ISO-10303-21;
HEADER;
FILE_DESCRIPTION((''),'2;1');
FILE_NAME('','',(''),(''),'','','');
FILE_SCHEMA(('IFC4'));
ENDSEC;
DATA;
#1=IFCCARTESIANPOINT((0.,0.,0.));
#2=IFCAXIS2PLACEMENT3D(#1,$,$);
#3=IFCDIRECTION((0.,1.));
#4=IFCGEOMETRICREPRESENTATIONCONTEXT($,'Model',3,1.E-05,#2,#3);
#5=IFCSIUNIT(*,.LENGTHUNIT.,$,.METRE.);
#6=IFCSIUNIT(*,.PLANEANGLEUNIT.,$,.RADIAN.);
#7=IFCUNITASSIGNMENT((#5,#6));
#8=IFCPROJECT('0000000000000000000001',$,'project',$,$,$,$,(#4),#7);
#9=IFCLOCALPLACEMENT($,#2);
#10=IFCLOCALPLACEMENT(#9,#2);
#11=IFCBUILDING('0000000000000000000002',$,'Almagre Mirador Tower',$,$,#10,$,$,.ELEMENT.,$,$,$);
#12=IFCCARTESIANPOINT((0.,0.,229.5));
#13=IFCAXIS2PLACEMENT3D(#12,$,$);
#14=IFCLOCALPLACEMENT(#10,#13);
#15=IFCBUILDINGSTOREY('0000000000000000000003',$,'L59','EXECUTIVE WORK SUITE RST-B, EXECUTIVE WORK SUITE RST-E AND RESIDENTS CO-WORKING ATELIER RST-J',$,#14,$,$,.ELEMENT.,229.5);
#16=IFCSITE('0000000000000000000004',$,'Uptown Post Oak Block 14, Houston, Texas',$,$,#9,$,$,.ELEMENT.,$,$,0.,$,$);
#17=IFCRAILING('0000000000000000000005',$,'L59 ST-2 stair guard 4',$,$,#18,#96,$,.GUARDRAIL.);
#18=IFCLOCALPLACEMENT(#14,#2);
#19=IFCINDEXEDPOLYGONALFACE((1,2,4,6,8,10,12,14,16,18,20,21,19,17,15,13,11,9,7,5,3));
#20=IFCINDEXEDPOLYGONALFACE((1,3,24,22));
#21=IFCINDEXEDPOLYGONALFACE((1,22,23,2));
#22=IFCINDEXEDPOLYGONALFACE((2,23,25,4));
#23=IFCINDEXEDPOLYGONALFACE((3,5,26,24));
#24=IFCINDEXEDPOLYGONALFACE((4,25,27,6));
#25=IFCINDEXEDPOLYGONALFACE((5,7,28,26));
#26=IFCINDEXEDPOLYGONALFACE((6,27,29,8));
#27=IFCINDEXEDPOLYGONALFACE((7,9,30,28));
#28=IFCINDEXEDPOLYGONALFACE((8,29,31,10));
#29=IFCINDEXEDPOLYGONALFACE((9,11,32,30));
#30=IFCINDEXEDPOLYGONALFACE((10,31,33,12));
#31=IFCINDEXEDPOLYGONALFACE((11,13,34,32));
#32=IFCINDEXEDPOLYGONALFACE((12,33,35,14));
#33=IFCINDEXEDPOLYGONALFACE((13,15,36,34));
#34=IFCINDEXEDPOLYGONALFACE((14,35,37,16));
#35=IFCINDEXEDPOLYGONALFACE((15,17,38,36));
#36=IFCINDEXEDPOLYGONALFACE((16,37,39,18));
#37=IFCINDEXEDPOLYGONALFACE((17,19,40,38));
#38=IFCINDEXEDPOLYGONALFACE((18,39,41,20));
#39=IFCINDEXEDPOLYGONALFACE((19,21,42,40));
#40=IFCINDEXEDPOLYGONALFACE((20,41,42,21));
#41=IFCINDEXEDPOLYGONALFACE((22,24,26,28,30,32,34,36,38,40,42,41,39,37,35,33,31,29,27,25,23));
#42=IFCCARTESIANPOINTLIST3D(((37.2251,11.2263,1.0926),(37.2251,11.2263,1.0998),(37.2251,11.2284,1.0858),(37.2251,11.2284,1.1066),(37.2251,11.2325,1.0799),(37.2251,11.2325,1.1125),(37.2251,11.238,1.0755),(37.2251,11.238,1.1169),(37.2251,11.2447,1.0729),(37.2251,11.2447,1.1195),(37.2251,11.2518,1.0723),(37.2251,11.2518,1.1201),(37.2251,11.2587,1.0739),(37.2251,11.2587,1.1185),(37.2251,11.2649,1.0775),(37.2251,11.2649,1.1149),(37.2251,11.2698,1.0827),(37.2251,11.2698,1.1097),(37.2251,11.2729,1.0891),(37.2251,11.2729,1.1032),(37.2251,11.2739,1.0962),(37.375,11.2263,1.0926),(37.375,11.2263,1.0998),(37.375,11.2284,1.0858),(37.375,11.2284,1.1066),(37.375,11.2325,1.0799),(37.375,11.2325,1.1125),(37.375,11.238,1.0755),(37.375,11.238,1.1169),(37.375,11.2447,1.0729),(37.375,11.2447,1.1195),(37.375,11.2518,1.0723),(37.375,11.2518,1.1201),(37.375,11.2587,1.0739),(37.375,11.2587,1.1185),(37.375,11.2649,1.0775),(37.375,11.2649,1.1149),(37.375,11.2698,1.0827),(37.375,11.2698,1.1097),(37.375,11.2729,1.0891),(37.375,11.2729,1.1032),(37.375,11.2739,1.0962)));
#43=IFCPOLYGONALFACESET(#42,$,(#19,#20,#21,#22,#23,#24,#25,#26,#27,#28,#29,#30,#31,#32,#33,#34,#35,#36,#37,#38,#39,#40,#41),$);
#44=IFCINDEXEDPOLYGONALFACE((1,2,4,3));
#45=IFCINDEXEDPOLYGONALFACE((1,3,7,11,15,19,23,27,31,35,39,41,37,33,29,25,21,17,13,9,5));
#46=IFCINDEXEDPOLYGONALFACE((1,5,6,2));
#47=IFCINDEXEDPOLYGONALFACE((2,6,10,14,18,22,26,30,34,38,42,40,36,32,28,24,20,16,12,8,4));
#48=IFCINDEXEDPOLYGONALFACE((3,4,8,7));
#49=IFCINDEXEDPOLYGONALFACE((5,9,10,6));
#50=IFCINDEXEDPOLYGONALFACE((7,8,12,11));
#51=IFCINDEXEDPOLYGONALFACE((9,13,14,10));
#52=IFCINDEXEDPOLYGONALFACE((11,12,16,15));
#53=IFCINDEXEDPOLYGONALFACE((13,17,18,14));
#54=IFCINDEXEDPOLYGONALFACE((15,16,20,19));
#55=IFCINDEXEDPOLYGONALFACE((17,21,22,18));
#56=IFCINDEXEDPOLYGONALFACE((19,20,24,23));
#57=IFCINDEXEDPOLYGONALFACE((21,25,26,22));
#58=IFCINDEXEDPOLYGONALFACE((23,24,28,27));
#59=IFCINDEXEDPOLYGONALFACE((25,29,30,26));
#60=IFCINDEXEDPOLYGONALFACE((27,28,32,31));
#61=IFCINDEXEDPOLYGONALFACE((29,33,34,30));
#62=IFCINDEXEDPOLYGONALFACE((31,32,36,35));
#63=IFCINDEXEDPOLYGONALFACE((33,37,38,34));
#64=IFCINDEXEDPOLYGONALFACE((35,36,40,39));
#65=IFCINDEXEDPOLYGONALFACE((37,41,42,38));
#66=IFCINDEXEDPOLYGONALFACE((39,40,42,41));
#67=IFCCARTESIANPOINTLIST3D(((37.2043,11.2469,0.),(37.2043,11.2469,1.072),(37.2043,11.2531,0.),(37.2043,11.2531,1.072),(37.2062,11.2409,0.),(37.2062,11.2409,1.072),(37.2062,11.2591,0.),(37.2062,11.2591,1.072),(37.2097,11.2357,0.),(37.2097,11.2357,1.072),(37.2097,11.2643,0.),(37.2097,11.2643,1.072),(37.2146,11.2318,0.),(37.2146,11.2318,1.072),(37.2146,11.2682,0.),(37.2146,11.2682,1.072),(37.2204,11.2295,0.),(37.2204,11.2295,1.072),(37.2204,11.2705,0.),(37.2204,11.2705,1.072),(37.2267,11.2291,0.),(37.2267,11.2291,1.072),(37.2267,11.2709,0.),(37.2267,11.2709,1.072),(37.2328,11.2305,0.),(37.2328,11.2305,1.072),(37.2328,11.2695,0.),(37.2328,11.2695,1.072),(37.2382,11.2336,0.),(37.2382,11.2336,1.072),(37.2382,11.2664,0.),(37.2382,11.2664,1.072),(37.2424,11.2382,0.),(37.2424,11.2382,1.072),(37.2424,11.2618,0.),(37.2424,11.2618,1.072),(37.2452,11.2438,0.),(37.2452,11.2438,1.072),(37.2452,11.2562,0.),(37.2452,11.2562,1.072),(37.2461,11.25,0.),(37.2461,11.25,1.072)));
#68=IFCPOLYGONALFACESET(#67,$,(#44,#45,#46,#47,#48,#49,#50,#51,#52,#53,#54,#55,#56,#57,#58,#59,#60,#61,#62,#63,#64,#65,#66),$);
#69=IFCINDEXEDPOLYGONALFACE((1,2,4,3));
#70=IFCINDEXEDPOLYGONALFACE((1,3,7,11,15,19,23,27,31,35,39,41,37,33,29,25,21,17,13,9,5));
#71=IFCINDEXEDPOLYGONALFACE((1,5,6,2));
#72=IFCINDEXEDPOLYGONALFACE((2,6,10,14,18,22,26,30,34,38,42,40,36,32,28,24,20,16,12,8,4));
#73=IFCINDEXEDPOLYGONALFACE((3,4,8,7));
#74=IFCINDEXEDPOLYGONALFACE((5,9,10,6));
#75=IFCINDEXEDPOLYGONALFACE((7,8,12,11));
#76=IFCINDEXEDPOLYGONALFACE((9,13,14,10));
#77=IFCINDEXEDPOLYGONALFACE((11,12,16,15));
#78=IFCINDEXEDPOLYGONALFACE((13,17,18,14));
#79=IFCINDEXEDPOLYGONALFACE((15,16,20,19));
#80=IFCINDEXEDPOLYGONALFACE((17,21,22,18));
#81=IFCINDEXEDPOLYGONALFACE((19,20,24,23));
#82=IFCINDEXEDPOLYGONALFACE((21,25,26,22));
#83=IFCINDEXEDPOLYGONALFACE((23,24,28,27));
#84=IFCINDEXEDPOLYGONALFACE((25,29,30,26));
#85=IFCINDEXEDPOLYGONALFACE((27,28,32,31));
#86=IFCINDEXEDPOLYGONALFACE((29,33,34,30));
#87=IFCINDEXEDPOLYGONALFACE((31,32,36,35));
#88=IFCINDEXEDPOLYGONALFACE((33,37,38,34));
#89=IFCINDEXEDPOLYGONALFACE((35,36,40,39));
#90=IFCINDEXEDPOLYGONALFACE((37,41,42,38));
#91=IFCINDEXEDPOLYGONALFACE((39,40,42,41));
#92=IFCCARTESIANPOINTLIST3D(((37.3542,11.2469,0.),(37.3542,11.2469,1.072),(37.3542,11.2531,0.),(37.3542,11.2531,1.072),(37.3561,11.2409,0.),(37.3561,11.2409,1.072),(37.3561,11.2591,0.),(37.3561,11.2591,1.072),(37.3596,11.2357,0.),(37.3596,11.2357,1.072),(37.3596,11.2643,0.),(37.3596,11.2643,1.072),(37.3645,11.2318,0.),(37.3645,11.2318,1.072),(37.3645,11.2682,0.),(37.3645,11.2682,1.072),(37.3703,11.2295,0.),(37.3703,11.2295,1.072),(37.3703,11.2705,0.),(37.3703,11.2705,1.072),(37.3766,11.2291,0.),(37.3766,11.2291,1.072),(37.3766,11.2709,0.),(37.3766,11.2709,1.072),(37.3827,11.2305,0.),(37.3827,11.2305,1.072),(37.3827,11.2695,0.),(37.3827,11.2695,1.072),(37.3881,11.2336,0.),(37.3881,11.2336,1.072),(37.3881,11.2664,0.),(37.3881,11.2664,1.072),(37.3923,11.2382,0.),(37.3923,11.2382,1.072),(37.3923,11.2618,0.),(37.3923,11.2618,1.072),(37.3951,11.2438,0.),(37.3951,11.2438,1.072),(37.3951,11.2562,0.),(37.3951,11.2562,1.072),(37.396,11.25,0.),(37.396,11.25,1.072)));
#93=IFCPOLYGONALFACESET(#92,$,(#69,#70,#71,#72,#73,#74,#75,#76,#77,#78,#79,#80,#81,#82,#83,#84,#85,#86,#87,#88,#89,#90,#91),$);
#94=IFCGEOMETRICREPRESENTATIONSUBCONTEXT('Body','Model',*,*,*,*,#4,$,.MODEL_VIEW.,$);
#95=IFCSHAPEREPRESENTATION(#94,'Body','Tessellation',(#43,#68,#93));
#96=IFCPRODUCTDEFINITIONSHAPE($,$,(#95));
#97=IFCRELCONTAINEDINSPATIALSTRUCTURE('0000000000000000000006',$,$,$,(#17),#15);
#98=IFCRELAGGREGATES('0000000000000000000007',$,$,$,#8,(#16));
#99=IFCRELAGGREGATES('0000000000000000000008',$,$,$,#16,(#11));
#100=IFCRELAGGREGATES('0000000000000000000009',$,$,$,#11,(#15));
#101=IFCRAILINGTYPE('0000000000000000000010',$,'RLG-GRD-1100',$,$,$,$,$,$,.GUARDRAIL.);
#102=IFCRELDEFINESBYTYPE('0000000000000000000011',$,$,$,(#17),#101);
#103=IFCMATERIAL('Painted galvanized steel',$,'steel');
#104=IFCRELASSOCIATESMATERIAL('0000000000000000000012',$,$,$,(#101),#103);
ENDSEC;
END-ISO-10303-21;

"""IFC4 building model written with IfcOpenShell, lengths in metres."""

from ifc_helpers import new_model, si_unit, direction, frame, origin, origin_2d, place, context, subcontext, project, spatial, circle, extrude, material, type_object, element, save


model = new_model("IFC4")

# Units and contexts
model_context = context("Model", 3, precision=1e-05, world=origin(), true_north=direction((0.0, 1.0)))
body_context = subcontext(model_context, "Body", "Model", "MODEL_VIEW")
ifc_project = project(units=[si_unit("LENGTHUNIT", "METRE"), si_unit("PLANEANGLEUNIT", "RADIAN")], contexts=[model_context])

# Site, building, storey
site_placement = place(None, origin())
site = spatial("IfcSite", under=ifc_project, at=site_placement, Name="Uptown Post Oak Block 14, Houston, Texas", CompositionType="ELEMENT", RefElevation=0.0)
building_placement = place(site_placement, origin())
building = spatial("IfcBuilding", under=site, at=building_placement, Name="Almagre Mirador Tower", CompositionType="ELEMENT")
storey_placement = place(building_placement, frame((0.0, 0.0, 229.5)))
storey = spatial("IfcBuildingStorey", under=building, at=storey_placement, Name="L59", Description="EXECUTIVE WORK SUITE RST-B, EXECUTIVE WORK SUITE RST-E AND RESIDENTS CO-WORKING ATELIER RST-J", CompositionType="ELEMENT", Elevation=229.5)

# Railing
ifc_material_1 = material(Name="Painted galvanized steel", Category="steel")
railing_type_1 = type_object("IfcRailingType", Name="RLG-GRD-1100", PredefinedType="GUARDRAIL", material=ifc_material_1)
railing_1_placement = place(storey_placement, frame((37.2251, 11.25, 0.0)))
element("IfcRailing", 1, at=railing_1_placement, inside=storey, type_object=railing_type_1, Name="L59 ST-2 stair guard 4", PredefinedType="GUARDRAIL", context=body_context, shape_type="SweptSolid", body=[
    extrude(circle(Radius=0.0239, at=origin_2d()), frame((0.0, 0.0, 1.0962), z_axis=(1.0, 0.0, 0.0), x_axis=(0.0, 1.0, 0.0)), (0.0, 0.0, 1.0), 0.1499),
    extrude(circle(Radius=0.021, at=origin_2d()), origin(), (0.0, 0.0, 1.0), 1.072),
    extrude(circle(Radius=0.021, at=origin_2d()), frame((0.1499, 0.0, 0.0)), (0.0, 0.0, 1.0), 1.072),
])

save(model, "model.ifc")
